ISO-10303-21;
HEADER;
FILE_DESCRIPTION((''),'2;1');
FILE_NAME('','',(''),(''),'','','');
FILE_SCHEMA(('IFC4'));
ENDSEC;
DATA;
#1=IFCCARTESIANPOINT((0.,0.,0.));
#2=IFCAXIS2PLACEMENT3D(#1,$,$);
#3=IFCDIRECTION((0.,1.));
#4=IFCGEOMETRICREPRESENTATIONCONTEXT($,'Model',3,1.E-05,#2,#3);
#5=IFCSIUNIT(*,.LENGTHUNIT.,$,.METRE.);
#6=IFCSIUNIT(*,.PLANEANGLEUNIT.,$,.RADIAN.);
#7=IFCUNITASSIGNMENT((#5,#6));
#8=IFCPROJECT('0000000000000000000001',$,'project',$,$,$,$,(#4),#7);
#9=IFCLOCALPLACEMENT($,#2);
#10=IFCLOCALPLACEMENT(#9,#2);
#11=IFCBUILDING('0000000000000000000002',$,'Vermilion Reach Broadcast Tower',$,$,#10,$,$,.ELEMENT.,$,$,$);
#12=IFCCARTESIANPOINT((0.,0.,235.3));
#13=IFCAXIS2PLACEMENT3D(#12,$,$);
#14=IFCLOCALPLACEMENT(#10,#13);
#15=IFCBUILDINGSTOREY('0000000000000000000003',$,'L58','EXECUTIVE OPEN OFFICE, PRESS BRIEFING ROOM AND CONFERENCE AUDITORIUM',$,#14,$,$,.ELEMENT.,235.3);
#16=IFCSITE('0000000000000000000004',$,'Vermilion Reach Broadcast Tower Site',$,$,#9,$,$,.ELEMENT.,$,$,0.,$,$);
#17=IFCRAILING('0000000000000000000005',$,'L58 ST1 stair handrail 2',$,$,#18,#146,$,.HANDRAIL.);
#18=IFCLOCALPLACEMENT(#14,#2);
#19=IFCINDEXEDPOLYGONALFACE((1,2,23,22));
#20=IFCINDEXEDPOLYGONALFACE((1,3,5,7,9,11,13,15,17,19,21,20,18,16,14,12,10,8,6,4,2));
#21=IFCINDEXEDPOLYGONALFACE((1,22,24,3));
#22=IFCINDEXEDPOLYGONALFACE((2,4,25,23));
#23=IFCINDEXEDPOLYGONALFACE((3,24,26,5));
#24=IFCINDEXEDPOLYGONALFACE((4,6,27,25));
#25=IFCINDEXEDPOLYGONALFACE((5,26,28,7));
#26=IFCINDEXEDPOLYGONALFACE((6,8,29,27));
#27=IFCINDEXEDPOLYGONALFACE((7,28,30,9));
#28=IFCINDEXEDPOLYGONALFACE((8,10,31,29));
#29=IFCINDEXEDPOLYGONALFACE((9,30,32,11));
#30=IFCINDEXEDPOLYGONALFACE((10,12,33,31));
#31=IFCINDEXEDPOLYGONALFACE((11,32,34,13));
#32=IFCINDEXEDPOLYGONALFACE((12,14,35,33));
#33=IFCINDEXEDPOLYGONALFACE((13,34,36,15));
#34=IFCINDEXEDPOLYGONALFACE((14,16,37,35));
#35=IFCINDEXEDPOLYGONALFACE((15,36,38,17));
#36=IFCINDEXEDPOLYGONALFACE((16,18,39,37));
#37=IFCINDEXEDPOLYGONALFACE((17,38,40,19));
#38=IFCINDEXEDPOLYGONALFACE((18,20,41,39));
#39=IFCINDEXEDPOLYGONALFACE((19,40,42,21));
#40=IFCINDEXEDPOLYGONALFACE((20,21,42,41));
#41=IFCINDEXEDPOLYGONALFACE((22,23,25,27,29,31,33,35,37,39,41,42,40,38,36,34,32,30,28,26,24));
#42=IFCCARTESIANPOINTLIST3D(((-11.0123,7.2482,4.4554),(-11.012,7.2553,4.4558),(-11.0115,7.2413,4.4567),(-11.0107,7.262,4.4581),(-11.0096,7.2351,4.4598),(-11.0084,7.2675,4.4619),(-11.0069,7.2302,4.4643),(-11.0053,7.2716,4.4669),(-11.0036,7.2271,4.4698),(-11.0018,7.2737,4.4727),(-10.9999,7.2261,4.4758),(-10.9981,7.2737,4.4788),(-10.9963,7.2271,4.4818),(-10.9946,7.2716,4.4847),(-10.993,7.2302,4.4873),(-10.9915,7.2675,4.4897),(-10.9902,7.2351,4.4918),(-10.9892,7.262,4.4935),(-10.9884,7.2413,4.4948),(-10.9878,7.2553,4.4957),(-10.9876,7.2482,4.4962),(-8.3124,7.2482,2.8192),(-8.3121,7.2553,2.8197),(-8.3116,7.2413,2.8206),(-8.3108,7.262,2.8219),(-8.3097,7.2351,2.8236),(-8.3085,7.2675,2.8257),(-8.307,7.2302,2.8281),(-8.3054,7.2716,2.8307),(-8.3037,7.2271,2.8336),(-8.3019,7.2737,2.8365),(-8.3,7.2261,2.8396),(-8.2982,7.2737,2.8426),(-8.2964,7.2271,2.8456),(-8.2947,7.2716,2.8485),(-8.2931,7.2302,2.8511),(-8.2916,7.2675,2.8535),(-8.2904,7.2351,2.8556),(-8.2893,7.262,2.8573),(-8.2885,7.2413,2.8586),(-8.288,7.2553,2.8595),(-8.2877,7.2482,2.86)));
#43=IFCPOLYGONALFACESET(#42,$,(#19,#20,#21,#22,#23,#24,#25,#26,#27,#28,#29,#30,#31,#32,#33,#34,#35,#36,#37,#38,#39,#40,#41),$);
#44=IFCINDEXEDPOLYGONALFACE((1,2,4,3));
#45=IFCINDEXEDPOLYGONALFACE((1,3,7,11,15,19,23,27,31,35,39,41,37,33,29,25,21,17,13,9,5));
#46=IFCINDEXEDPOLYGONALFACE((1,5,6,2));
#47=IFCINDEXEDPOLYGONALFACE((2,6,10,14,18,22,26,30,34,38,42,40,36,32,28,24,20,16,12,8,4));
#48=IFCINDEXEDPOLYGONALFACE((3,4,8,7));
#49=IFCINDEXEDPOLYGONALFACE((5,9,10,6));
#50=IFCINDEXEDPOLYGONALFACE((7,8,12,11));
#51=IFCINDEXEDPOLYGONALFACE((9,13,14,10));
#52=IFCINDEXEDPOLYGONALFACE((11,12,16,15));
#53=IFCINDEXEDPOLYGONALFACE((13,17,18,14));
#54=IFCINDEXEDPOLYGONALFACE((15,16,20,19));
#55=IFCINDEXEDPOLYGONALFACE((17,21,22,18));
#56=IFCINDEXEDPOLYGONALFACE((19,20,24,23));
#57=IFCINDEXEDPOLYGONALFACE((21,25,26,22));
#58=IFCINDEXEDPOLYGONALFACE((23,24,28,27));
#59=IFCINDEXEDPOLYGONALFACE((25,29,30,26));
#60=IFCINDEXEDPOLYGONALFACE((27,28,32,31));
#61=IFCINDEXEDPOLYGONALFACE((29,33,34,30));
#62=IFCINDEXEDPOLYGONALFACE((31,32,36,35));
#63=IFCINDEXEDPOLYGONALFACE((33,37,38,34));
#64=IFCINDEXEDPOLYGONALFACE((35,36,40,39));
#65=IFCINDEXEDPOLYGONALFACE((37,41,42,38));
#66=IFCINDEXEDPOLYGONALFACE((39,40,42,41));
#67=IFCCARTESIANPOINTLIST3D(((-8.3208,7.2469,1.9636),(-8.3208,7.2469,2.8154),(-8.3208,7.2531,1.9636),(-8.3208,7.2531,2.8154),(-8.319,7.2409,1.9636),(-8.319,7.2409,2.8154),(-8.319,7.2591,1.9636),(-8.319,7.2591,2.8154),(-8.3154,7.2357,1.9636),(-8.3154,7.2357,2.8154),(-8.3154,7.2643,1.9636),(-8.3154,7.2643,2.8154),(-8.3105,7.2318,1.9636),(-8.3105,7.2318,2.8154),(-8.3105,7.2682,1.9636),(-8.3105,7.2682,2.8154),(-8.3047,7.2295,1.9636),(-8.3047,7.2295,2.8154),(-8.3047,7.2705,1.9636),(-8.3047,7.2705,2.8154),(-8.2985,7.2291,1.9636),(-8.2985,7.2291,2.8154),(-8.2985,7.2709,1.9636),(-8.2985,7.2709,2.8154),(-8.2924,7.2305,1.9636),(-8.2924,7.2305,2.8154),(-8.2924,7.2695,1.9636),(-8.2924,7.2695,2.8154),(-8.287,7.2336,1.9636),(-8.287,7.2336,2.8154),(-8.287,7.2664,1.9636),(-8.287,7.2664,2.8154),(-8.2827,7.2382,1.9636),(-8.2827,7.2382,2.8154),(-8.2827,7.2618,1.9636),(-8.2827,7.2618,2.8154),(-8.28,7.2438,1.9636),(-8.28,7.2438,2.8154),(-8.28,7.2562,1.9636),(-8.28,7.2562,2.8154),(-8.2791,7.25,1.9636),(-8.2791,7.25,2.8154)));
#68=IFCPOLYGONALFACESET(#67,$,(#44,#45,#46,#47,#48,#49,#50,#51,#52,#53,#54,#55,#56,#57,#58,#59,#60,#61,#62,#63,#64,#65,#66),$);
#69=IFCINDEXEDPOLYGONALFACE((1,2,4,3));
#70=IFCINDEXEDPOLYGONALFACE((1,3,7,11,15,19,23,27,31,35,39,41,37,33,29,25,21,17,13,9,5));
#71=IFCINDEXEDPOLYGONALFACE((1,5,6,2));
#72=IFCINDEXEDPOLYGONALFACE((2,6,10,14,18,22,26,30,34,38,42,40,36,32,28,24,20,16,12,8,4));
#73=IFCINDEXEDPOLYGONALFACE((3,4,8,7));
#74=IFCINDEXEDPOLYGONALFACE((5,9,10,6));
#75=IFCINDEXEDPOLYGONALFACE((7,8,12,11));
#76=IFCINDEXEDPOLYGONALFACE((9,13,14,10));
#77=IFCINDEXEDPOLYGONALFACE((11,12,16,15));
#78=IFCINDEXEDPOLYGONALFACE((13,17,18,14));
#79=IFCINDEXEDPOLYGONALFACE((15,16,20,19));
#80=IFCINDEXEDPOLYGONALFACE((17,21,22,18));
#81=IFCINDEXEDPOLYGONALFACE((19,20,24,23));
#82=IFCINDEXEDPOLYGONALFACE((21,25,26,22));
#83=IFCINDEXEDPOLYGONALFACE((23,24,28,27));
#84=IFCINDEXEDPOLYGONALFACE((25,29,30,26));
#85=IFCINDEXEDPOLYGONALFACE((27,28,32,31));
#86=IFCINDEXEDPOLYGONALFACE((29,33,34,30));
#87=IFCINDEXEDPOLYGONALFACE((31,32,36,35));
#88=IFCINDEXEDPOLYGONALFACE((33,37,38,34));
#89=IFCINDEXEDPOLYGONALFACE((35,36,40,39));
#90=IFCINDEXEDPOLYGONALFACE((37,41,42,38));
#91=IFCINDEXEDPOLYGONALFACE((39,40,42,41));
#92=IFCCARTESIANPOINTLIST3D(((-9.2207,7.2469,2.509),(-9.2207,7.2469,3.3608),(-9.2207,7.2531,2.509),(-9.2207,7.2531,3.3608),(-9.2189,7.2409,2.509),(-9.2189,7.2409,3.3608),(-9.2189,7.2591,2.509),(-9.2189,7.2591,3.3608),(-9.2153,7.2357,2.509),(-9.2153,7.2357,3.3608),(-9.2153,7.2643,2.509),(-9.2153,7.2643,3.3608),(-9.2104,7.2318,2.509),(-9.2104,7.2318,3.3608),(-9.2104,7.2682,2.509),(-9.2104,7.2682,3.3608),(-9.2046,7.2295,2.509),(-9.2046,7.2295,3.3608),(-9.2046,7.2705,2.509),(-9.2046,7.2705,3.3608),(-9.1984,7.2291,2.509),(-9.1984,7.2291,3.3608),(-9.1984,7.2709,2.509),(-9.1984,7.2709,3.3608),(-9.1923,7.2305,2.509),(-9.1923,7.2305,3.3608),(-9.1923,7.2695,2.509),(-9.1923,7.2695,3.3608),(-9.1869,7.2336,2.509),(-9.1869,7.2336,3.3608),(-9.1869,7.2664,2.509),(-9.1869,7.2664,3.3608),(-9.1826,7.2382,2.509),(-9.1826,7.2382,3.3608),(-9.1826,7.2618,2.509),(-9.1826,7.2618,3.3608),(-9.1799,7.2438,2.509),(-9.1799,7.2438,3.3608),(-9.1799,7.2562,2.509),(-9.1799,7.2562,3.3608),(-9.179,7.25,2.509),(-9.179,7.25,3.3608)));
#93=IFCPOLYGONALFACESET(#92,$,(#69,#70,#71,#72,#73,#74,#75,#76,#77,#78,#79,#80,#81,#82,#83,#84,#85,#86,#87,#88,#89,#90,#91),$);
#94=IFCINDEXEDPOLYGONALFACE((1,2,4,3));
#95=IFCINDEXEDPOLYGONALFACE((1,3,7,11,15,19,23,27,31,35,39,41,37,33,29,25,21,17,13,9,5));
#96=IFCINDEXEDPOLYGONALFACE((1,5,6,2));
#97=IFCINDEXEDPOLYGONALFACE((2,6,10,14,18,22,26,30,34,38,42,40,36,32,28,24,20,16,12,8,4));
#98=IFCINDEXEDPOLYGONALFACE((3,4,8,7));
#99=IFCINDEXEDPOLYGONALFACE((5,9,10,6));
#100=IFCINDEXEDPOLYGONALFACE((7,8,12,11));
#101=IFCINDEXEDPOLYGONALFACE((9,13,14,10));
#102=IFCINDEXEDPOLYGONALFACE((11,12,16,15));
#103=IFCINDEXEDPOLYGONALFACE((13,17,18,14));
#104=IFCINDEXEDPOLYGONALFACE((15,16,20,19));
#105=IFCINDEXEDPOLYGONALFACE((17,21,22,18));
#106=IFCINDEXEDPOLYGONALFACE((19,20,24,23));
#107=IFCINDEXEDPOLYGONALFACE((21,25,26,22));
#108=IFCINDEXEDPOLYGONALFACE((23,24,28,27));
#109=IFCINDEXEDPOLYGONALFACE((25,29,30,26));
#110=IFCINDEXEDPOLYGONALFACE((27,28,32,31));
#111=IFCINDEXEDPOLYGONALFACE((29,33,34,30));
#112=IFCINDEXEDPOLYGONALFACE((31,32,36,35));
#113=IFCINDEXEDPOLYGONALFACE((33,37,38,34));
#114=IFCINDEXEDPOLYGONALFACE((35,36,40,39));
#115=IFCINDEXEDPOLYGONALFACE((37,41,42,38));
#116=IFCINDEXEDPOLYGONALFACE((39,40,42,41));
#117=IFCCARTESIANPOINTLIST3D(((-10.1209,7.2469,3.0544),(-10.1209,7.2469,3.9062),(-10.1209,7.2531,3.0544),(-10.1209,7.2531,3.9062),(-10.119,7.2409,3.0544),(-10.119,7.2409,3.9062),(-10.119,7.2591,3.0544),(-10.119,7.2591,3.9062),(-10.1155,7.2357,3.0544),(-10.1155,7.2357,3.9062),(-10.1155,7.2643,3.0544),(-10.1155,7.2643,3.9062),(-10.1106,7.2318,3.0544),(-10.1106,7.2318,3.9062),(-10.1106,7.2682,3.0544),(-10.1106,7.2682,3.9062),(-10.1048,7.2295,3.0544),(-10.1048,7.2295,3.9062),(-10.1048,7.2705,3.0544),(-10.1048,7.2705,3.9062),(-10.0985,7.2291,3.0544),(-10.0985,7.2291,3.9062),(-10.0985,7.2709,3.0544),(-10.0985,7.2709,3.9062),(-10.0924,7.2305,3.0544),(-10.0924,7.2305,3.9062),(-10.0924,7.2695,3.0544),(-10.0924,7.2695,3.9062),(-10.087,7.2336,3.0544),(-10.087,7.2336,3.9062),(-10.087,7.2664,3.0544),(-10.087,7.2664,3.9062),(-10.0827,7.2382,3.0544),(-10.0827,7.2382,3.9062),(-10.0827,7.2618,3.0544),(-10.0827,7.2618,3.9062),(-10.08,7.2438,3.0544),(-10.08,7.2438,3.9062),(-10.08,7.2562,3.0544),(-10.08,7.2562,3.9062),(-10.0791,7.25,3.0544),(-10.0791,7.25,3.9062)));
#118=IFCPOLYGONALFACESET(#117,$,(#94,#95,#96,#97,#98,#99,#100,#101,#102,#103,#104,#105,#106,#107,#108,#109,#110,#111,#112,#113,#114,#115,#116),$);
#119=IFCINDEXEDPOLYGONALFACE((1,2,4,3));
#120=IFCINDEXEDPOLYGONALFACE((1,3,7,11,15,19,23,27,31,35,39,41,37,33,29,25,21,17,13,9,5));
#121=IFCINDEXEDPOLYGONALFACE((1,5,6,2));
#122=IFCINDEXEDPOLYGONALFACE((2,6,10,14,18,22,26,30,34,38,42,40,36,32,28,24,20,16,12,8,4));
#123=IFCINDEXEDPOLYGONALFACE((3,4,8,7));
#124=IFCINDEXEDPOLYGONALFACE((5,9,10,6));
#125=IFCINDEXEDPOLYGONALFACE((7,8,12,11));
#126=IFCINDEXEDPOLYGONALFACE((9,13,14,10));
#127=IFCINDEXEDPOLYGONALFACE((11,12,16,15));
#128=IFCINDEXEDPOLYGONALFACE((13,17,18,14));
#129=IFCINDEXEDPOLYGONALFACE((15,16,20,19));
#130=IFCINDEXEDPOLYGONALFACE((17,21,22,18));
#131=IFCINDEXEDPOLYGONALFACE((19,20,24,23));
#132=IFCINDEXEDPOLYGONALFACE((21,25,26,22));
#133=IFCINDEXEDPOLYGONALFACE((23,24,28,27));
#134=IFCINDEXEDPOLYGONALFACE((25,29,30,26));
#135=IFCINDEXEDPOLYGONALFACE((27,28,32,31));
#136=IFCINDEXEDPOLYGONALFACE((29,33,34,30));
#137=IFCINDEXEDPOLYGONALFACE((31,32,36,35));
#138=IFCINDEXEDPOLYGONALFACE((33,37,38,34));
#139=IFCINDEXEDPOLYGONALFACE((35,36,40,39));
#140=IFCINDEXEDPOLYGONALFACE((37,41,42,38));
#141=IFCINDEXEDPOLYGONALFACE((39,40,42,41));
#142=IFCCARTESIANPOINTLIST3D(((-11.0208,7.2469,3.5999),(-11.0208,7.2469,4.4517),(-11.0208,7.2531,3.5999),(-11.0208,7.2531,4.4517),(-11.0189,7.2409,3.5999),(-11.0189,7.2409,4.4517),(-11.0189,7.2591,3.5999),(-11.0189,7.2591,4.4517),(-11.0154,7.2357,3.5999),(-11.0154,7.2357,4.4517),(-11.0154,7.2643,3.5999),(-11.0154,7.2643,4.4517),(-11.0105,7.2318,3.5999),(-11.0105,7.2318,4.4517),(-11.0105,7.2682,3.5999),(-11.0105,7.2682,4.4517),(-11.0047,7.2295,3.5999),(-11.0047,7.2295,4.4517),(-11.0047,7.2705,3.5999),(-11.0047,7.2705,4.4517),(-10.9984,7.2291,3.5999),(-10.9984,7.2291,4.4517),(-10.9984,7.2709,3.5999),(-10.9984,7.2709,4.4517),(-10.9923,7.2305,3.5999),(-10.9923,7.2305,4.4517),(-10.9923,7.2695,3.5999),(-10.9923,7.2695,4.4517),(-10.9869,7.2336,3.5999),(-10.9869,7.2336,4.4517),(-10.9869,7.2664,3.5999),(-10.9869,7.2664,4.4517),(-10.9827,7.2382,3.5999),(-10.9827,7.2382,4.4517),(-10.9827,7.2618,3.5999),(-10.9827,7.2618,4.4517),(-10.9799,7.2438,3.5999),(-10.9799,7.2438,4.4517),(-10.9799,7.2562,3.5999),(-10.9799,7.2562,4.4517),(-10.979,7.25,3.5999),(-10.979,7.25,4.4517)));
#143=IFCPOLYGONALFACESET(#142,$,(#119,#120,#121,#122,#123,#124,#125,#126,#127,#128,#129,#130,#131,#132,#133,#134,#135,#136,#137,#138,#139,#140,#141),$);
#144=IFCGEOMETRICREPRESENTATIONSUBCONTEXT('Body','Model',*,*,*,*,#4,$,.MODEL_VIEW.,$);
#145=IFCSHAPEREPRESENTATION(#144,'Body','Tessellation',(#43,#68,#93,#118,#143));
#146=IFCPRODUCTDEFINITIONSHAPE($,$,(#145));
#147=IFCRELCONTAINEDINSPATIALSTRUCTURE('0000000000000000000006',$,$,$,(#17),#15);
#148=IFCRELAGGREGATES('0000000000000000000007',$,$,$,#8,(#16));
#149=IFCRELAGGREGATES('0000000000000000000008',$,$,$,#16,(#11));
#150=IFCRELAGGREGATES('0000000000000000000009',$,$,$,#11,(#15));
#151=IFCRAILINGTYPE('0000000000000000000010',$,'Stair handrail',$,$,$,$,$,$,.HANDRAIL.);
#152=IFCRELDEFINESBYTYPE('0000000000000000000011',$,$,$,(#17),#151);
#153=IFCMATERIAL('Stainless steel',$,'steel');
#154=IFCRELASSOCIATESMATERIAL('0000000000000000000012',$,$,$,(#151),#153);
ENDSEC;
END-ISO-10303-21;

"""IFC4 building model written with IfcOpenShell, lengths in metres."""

from ifc_helpers import new_model, si_unit, direction, frame, origin, origin_2d, place, context, subcontext, project, spatial, circle, extrude, material, type_object, element, save


model = new_model("IFC4")

# Units and contexts
model_context = context("Model", 3, precision=1e-05, world=origin(), true_north=direction((0.0, 1.0)))
body_context = subcontext(model_context, "Body", "Model", "MODEL_VIEW")
ifc_project = project(units=[si_unit("LENGTHUNIT", "METRE"), si_unit("PLANEANGLEUNIT", "RADIAN")], contexts=[model_context])

# Site, building, storey
site_placement = place(None, origin())
site = spatial("IfcSite", under=ifc_project, at=site_placement, Name="Vermilion Reach Broadcast Tower Site", CompositionType="ELEMENT", RefElevation=0.0)
building_placement = place(site_placement, origin())
building = spatial("IfcBuilding", under=site, at=building_placement, Name="Vermilion Reach Broadcast Tower", CompositionType="ELEMENT")
storey_placement = place(building_placement, frame((0.0, 0.0, 235.3)))
storey = spatial("IfcBuildingStorey", under=building, at=storey_placement, Name="L58", Description="EXECUTIVE OPEN OFFICE, PRESS BRIEFING ROOM AND CONFERENCE AUDITORIUM", CompositionType="ELEMENT", Elevation=235.3)

# Railing
ifc_material_1 = material(Name="Stainless steel", Category="steel")
railing_type_1 = type_object("IfcRailingType", Name="Stair handrail", PredefinedType="HANDRAIL", material=ifc_material_1)
railing_1_placement = place(storey_placement, frame((-8.3, 7.25, 1.9636)))
element("IfcRailing", 1, at=railing_1_placement, inside=storey, type_object=railing_type_1, Name="L58 ST1 stair handrail 2", PredefinedType="HANDRAIL", context=body_context, shape_type="SweptSolid", body=[
    extrude(circle(Radius=0.0239, at=origin_2d()), frame((0.0, 0.0, 0.876), z_axis=(-0.855212, 0.0, 0.518278), x_axis=(0.0, -1.0, 0.0)), (0.0, 0.0, 1.0), 3.157),
    extrude(circle(Radius=0.021, at=origin_2d()), origin(), (0.0, 0.0, 1.0), 0.8518),
    extrude(circle(Radius=0.021, at=origin_2d()), frame((-0.8999, 0.0, 0.5454)), (0.0, 0.0, 1.0), 0.8518),
    extrude(circle(Radius=0.021, at=origin_2d()), frame((-1.8, 0.0, 1.0908)), (0.0, 0.0, 1.0), 0.8518),
    extrude(circle(Radius=0.021, at=origin_2d()), frame((-2.7, 0.0, 1.6362)), (0.0, 0.0, 1.0), 0.8518),
])

save(model, "model.ifc")
